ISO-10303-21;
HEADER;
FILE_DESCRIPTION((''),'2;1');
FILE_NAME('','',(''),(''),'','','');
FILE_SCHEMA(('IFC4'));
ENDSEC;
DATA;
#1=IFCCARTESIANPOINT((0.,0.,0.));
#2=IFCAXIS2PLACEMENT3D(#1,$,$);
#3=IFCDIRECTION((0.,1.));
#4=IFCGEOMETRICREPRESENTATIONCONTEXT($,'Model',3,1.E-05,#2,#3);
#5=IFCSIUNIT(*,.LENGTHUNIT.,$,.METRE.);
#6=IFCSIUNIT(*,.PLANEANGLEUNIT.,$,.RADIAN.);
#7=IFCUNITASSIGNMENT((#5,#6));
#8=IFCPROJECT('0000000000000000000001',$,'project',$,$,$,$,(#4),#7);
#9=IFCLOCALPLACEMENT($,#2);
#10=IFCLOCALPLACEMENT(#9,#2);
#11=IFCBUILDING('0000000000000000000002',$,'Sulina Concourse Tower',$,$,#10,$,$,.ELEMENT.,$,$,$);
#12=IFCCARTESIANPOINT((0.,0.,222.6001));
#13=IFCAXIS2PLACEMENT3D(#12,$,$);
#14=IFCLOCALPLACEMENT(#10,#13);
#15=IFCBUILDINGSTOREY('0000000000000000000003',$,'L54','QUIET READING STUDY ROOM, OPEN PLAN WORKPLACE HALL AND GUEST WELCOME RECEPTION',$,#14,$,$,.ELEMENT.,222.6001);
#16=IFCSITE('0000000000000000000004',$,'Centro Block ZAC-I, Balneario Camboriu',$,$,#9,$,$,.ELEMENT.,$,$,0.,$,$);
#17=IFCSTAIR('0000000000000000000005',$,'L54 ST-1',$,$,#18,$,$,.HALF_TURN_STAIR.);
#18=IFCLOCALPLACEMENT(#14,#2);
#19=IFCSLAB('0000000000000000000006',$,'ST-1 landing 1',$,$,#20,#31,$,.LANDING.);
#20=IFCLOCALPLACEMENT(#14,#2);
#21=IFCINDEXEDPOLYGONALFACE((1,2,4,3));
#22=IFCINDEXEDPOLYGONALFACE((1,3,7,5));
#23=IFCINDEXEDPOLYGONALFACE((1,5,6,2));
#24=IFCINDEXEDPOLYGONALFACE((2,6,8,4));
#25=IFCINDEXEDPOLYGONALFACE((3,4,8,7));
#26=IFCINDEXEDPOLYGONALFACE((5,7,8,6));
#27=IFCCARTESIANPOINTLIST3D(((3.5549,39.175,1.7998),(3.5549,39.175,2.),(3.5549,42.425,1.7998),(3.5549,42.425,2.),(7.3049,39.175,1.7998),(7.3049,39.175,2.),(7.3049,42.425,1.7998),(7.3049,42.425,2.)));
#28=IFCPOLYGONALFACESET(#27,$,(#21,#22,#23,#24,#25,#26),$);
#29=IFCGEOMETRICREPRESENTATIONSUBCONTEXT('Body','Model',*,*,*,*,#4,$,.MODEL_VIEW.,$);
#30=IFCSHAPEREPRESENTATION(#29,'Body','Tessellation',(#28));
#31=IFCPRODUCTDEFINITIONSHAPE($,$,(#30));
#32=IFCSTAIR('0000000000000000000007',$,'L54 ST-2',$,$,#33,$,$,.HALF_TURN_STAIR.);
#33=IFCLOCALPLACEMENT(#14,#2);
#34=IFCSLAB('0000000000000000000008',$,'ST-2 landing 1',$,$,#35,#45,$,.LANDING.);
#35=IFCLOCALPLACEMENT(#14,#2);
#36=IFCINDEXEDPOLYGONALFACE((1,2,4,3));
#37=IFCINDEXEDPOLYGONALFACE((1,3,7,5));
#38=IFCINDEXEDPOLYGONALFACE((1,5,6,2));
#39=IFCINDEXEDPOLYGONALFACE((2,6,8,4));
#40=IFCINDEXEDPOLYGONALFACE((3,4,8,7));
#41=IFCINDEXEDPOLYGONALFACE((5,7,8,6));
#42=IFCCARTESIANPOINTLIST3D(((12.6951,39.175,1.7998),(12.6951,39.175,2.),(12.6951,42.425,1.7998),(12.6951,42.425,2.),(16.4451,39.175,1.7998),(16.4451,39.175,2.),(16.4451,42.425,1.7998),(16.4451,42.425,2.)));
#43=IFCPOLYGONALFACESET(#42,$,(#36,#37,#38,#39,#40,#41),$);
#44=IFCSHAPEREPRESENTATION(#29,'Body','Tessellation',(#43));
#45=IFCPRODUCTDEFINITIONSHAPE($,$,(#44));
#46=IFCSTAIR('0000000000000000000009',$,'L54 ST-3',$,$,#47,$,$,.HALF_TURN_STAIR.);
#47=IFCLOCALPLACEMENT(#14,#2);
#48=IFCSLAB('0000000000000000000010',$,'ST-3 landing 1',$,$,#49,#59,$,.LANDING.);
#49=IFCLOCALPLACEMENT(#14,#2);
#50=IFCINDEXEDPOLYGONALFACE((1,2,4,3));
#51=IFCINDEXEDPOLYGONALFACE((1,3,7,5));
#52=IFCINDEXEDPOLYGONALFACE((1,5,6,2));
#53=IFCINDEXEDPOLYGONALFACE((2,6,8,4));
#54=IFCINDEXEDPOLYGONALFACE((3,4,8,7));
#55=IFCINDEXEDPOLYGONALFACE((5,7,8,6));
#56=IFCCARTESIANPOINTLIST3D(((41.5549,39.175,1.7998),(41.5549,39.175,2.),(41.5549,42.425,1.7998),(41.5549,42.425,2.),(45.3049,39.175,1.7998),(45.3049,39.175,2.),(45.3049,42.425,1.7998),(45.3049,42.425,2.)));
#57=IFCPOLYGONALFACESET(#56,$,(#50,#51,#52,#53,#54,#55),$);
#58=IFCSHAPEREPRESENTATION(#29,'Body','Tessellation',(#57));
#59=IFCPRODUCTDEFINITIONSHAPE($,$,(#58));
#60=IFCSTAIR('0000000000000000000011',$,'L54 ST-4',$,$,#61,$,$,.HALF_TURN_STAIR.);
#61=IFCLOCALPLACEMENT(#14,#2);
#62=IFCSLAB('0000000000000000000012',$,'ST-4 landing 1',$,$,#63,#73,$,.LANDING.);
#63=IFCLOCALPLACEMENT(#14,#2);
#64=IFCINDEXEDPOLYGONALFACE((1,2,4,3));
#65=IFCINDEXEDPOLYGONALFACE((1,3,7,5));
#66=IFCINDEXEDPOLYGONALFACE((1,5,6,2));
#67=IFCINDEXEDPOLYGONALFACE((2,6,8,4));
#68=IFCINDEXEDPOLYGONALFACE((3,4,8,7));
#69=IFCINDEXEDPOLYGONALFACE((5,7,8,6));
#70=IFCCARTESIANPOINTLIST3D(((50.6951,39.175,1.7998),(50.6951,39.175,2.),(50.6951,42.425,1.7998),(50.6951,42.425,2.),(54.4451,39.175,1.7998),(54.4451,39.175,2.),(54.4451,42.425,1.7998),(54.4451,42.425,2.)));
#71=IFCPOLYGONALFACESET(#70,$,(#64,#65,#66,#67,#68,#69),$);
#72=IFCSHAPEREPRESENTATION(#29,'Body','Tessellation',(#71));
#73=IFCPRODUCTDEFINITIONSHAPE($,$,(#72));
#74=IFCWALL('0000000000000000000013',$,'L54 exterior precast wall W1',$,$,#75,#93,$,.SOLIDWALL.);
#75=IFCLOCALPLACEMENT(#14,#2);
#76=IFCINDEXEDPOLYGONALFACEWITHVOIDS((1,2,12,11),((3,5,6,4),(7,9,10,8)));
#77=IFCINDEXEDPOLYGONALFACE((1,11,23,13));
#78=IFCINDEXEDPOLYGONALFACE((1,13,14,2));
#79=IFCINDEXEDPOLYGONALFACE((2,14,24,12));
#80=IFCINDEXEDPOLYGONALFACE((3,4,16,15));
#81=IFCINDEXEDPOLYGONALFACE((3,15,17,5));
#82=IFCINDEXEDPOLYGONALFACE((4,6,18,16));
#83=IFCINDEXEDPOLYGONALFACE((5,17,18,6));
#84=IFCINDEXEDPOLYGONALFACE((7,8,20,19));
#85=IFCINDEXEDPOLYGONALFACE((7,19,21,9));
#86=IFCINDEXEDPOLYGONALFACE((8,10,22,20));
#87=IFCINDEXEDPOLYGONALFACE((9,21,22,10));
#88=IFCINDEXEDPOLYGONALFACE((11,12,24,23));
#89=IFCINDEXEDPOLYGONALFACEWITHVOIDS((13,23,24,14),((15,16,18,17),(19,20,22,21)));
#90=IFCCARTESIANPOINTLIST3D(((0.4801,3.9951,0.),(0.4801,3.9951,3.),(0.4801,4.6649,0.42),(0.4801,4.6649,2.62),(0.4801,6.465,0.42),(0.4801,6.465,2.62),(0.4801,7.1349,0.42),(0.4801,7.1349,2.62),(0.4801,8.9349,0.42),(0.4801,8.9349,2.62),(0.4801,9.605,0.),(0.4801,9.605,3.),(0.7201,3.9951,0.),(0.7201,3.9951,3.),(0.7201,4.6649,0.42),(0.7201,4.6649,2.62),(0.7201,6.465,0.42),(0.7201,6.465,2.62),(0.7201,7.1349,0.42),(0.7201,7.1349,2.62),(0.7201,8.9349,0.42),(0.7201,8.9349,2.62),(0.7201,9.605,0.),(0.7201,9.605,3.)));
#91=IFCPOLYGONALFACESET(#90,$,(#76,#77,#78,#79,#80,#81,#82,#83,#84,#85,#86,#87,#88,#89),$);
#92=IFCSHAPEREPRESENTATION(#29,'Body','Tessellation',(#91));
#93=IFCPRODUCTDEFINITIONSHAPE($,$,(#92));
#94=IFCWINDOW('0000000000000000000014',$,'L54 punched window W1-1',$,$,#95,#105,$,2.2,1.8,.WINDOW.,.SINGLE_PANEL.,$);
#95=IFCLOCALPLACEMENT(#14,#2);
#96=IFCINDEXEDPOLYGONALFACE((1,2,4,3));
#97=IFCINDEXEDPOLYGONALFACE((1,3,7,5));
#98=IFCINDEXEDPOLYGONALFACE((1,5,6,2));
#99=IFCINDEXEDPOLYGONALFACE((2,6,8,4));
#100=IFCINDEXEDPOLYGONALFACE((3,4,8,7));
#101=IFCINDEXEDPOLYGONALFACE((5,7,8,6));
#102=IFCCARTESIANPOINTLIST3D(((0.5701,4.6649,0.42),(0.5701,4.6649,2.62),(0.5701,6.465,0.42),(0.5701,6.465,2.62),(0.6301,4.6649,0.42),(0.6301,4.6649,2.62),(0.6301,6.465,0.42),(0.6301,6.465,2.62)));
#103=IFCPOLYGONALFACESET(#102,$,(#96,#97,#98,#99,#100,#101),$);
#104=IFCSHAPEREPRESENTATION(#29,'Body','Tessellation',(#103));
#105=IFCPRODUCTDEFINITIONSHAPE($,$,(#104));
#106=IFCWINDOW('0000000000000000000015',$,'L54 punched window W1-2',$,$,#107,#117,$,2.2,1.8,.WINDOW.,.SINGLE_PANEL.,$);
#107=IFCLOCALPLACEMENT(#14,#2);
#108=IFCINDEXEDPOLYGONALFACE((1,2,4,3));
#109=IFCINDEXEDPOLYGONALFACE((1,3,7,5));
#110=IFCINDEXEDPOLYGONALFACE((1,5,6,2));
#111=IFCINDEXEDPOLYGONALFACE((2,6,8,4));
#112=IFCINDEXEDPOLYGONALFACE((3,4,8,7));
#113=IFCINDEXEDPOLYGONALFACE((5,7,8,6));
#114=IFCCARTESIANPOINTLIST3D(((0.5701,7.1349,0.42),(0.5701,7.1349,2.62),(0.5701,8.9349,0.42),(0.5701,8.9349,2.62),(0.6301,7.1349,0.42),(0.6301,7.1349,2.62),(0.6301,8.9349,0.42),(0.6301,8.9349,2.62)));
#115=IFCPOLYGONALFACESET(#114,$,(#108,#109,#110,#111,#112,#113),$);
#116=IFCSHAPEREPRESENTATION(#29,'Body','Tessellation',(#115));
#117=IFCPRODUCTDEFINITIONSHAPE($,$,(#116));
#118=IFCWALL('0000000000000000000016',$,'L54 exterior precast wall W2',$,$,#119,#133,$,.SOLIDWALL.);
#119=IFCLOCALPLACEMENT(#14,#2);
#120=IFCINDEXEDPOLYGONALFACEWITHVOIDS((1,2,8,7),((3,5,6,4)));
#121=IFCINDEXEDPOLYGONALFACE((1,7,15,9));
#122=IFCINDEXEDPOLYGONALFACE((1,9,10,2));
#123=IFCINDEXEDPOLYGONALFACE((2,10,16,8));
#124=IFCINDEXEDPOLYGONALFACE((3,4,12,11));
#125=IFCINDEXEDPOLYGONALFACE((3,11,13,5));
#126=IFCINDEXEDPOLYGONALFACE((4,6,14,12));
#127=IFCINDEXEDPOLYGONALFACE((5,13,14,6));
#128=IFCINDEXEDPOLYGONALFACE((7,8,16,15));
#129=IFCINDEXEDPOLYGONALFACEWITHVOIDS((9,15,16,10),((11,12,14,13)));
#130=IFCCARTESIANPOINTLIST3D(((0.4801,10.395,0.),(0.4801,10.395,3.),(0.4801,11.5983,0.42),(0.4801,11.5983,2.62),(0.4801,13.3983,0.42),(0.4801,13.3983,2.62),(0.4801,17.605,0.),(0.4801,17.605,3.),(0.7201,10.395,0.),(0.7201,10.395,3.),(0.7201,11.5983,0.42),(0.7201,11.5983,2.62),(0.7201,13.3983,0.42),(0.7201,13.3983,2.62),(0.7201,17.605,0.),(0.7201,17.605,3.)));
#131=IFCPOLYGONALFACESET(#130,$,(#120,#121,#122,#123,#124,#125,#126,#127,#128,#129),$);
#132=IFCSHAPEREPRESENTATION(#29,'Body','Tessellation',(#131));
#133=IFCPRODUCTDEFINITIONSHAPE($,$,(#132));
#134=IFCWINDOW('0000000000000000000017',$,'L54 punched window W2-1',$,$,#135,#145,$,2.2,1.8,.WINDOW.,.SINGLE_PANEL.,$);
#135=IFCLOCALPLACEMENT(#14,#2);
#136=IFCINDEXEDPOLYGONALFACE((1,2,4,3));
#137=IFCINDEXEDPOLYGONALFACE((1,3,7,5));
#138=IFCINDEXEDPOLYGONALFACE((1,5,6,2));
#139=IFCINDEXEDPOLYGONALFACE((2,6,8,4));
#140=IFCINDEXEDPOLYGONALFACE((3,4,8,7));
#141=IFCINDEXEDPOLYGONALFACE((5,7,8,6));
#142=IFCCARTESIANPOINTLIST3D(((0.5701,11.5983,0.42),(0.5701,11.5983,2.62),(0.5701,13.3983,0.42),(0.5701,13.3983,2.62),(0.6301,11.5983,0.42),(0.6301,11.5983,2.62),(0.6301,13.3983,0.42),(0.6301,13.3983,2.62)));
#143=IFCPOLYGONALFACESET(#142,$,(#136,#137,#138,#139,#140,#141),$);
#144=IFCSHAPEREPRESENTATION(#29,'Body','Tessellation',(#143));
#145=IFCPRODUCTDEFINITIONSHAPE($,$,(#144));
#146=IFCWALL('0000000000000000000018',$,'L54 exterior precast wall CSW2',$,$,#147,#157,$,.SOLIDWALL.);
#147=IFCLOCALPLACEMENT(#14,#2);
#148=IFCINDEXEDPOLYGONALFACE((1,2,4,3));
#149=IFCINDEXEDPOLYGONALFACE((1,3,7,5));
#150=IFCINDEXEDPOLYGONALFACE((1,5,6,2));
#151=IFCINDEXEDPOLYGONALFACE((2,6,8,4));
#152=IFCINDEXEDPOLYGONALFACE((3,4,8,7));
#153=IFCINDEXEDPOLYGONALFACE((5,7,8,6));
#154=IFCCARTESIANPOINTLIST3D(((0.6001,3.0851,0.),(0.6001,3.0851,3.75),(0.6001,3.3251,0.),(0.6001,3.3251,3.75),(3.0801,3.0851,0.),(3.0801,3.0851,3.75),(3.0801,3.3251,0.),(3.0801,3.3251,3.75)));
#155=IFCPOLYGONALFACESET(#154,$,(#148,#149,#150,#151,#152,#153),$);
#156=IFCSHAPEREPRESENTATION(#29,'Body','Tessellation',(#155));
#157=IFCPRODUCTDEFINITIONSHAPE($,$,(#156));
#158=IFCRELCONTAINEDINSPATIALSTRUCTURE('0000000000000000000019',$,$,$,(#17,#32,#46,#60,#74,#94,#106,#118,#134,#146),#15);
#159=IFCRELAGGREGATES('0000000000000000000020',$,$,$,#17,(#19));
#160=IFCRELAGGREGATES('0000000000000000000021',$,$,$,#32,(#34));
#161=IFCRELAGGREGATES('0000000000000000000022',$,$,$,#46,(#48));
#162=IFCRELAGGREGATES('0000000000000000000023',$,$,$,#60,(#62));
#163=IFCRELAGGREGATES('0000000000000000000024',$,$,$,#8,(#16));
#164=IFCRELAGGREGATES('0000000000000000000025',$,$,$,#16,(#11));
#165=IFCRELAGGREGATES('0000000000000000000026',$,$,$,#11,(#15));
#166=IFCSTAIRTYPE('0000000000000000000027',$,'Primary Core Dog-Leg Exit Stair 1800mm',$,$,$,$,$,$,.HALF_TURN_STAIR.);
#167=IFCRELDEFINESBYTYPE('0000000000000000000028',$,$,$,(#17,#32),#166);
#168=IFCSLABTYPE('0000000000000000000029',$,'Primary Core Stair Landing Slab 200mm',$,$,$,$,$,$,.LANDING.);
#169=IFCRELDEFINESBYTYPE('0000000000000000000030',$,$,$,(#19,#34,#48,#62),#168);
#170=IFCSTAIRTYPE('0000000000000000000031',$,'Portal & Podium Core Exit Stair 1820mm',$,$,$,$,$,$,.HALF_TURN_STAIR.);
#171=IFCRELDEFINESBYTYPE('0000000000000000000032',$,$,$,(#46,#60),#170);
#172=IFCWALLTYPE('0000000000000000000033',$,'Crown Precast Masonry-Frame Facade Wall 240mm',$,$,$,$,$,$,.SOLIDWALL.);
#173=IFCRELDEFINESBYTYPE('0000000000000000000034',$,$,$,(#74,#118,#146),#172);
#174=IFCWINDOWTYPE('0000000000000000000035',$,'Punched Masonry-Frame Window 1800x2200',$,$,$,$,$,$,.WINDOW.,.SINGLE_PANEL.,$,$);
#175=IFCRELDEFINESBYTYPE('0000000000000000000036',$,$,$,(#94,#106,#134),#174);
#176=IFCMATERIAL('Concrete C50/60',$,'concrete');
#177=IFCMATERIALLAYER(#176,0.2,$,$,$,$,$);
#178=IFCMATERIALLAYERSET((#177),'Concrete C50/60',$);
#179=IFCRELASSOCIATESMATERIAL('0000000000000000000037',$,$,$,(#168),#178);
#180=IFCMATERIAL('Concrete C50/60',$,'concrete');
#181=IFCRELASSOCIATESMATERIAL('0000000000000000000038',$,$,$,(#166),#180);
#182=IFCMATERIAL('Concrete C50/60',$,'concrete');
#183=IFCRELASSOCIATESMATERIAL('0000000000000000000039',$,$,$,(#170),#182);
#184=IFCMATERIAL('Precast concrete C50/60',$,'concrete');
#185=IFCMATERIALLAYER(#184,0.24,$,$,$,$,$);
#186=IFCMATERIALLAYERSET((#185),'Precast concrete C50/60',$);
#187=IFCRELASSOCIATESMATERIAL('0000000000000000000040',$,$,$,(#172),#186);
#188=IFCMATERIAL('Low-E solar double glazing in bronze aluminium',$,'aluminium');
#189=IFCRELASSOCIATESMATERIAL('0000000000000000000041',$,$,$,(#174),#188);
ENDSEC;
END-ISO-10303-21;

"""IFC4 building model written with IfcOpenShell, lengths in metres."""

from ifc_helpers import new_model, si_unit, direction, frame, frame_2d, origin, place, context, subcontext, project, spatial, polyline, rectangle, outline, extrude, material, layer, layer_set, type_object, element, fill, aggregate, save


model = new_model("IFC4")

# Units and contexts
model_context = context("Model", 3, precision=1e-05, world=origin(), true_north=direction((0.0, 1.0)))
body_context = subcontext(model_context, "Body", "Model", "MODEL_VIEW")
ifc_project = project(units=[si_unit("LENGTHUNIT", "METRE"), si_unit("PLANEANGLEUNIT", "RADIAN")], contexts=[model_context])

# Site, building, storey
site_placement = place(None, origin())
site = spatial("IfcSite", under=ifc_project, at=site_placement, Name="Centro Block ZAC-I, Balneario Camboriu", CompositionType="ELEMENT", RefElevation=0.0)
building_placement = place(site_placement, origin())
building = spatial("IfcBuilding", under=site, at=building_placement, Name="Sulina Concourse Tower", CompositionType="ELEMENT")
storey_placement = place(building_placement, frame((0.0, 0.0, 222.6001)))
storey = spatial("IfcBuildingStorey", under=building, at=storey_placement, Name="L54", Description="QUIET READING STUDY ROOM, OPEN PLAN WORKPLACE HALL AND GUEST WELCOME RECEPTION", CompositionType="ELEMENT", Elevation=222.6001)

# Shared definitions
ifc_material_1 = material(Name="Concrete C50/60", Category="concrete")
ifc_layer_1 = layer(ifc_material_1, 0.2)
ifc_layer_set_1 = layer_set([ifc_layer_1], Name="Concrete C50/60")
slab_type_1 = type_object("IfcSlabType", Name="Primary Core Stair Landing Slab 200mm", PredefinedType="LANDING", material=ifc_layer_set_1)

# Stairs, slabs
ifc_material_2 = material(Name="Concrete C50/60", Category="concrete")
stair_type_1 = type_object("IfcStairType", Name="Primary Core Dog-Leg Exit Stair 1800mm", PredefinedType="HALF_TURN_STAIR", material=ifc_material_2)
stair_1_placement = place(storey_placement, origin())
stair_1 = element("IfcStair", 1, at=stair_1_placement, inside=storey, type_object=stair_type_1, Name="L54 ST-1", PredefinedType="HALF_TURN_STAIR")
slab_1_placement = place(storey_placement, frame((0.0, 0.0, 1.7998)))
slab_1 = element("IfcSlab", 2, at=slab_1_placement, type_object=slab_type_1, Name="ST-1 landing 1", PredefinedType="LANDING", context=body_context, shape_type="SweptSolid", body=[
    extrude(outline(polyline([(7.3049, 39.175), (7.3049, 42.425), (3.5549, 42.425), (3.5549, 39.175), (7.3049, 39.175)])), origin(), (0.0, 0.0, 1.0), 0.2002),
])
aggregate(stair_1, [slab_1])
stair_2_placement = place(storey_placement, origin())
stair_2 = element("IfcStair", 3, at=stair_2_placement, inside=storey, type_object=stair_type_1, Name="L54 ST-2", PredefinedType="HALF_TURN_STAIR")
slab_2_placement = place(storey_placement, frame((0.0, 0.0, 1.7998)))
slab_2 = element("IfcSlab", 4, at=slab_2_placement, type_object=slab_type_1, Name="ST-2 landing 1", PredefinedType="LANDING", context=body_context, shape_type="SweptSolid", body=[
    extrude(outline(polyline([(16.4451, 39.175), (16.4451, 42.425), (12.6951, 42.425), (12.6951, 39.175), (16.4451, 39.175)])), origin(), (0.0, 0.0, 1.0), 0.2002),
])
aggregate(stair_2, [slab_2])
ifc_material_3 = material(Name="Concrete C50/60", Category="concrete")
stair_type_2 = type_object("IfcStairType", Name="Portal & Podium Core Exit Stair 1820mm", PredefinedType="HALF_TURN_STAIR", material=ifc_material_3)
stair_3_placement = place(storey_placement, origin())
stair_3 = element("IfcStair", 5, at=stair_3_placement, inside=storey, type_object=stair_type_2, Name="L54 ST-3", PredefinedType="HALF_TURN_STAIR")
slab_3_placement = place(storey_placement, frame((0.0, 0.0, 1.7998)))
slab_3 = element("IfcSlab", 6, at=slab_3_placement, type_object=slab_type_1, Name="ST-3 landing 1", PredefinedType="LANDING", context=body_context, shape_type="SweptSolid", body=[
    extrude(outline(polyline([(45.3049, 39.175), (45.3049, 42.425), (41.5549, 42.425), (41.5549, 39.175), (45.3049, 39.175)])), origin(), (0.0, 0.0, 1.0), 0.2002),
])
aggregate(stair_3, [slab_3])
stair_4_placement = place(storey_placement, origin())
stair_4 = element("IfcStair", 7, at=stair_4_placement, inside=storey, type_object=stair_type_2, Name="L54 ST-4", PredefinedType="HALF_TURN_STAIR")
slab_4_placement = place(storey_placement, frame((0.0, 0.0, 1.7998)))
slab_4 = element("IfcSlab", 8, at=slab_4_placement, type_object=slab_type_1, Name="ST-4 landing 1", PredefinedType="LANDING", context=body_context, shape_type="SweptSolid", body=[
    extrude(outline(polyline([(54.4451, 39.175), (54.4451, 42.425), (50.6951, 42.425), (50.6951, 39.175), (54.4451, 39.175)])), origin(), (0.0, 0.0, 1.0), 0.2002),
])
aggregate(stair_4, [slab_4])

# Wall, openings, windows
ifc_material_4 = material(Name="Precast concrete C50/60", Category="concrete")
ifc_layer_2 = layer(ifc_material_4, 0.24)
ifc_layer_set_2 = layer_set([ifc_layer_2], Name="Precast concrete C50/60")
wall_type = type_object("IfcWallType", Name="Crown Precast Masonry-Frame Facade Wall 240mm", PredefinedType="SOLIDWALL", material=ifc_layer_set_2)
wall_1_placement = place(storey_placement, frame((0.6001, 3.9951, 0.0), z_axis=(0.0, 0.0, 1.0), x_axis=(0.0, 1.0, 0.0)))
wall_1 = element("IfcWall", 9, at=wall_1_placement, inside=storey, type_object=wall_type, Name="L54 exterior precast wall W1", PredefinedType="SOLIDWALL", context=body_context, shape_type="SweptSolid", body=[
    extrude(rectangle(XDim=5.6099, YDim=0.24, at=frame_2d((2.8049, 0.0))), origin(), (0.0, 0.0, 1.0), 3.0),
])
opening_1_placement = place(wall_1_placement, frame((0.6699, 0.0, 0.4199)))
opening_1 = element("IfcOpeningElement", 10, at=opening_1_placement, cuts=wall_1, PredefinedType="OPENING", context=body_context, shape_type="SweptSolid", body=[
    extrude(rectangle(XDim=1.8, YDim=2.2, at=frame_2d((0.8999, 1.1001))), frame((0.0, 0.1299, 0.0), z_axis=(0.0, -1.0, 0.0), x_axis=(1.0, 0.0, 0.0)), (0.0, 0.0, 1.0), 0.26),
])
opening_2_placement = place(wall_1_placement, frame((3.1399, 0.0, 0.4199)))
opening_2 = element("IfcOpeningElement", 11, at=opening_2_placement, cuts=wall_1, PredefinedType="OPENING", context=body_context, shape_type="SweptSolid", body=[
    extrude(rectangle(XDim=1.8, YDim=2.2, at=frame_2d((0.8999, 1.1001))), frame((0.0, 0.1299, 0.0), z_axis=(0.0, -1.0, 0.0), x_axis=(1.0, 0.0, 0.0)), (0.0, 0.0, 1.0), 0.26),
])
ifc_material_5 = material(Name="Low-E solar double glazing in bronze aluminium", Category="aluminium")
window_type = type_object("IfcWindowType", Name="Punched Masonry-Frame Window 1800x2200", PartitioningType="SINGLE_PANEL", PredefinedType="WINDOW", material=ifc_material_5)
window_1_placement = place(opening_1_placement, origin())
window_1 = element("IfcWindow", 12, at=window_1_placement, inside=storey, type_object=window_type, Name="L54 punched window W1-1", OverallHeight=2.2, OverallWidth=1.8, PartitioningType="SINGLE_PANEL", PredefinedType="WINDOW", context=body_context, shape_type="SweptSolid", body=[
    extrude(rectangle(XDim=1.8, YDim=2.2, at=frame_2d((0.8999, 1.1001))), frame((0.0, 0.03, 0.0), z_axis=(0.0, -1.0, 0.0), x_axis=(1.0, 0.0, 0.0)), (0.0, 0.0, 1.0), 0.0601),
])
fill(opening_1, window_1)
window_2_placement = place(opening_2_placement, origin())
window_2 = element("IfcWindow", 13, at=window_2_placement, inside=storey, type_object=window_type, Name="L54 punched window W1-2", OverallHeight=2.2, OverallWidth=1.8, PartitioningType="SINGLE_PANEL", PredefinedType="WINDOW", context=body_context, shape_type="SweptSolid", body=[
    extrude(rectangle(XDim=1.8, YDim=2.2, at=frame_2d((0.8999, 1.1001))), frame((0.0, 0.03, 0.0), z_axis=(0.0, -1.0, 0.0), x_axis=(1.0, 0.0, 0.0)), (0.0, 0.0, 1.0), 0.0601),
])
fill(opening_2, window_2)

# Wall, opening, window
wall_2_placement = place(storey_placement, frame((0.6001, 10.395, 0.0), z_axis=(0.0, 0.0, 1.0), x_axis=(0.0, 1.0, 0.0)))
wall_2 = element("IfcWall", 14, at=wall_2_placement, inside=storey, type_object=wall_type, Name="L54 exterior precast wall W2", PredefinedType="SOLIDWALL", context=body_context, shape_type="SweptSolid", body=[
    extrude(rectangle(XDim=7.21, YDim=0.24, at=frame_2d((3.605, 0.0))), origin(), (0.0, 0.0, 1.0), 3.0),
])
opening_3_placement = place(wall_2_placement, frame((1.2034, 0.0, 0.4199)))
opening_3 = element("IfcOpeningElement", 15, at=opening_3_placement, cuts=wall_2, PredefinedType="OPENING", context=body_context, shape_type="SweptSolid", body=[
    extrude(rectangle(XDim=1.8, YDim=2.2, at=frame_2d((0.8999, 1.1001))), frame((0.0, 0.1299, 0.0), z_axis=(0.0, -1.0, 0.0), x_axis=(1.0, 0.0, 0.0)), (0.0, 0.0, 1.0), 0.26),
])
window_3_placement = place(opening_3_placement, origin())
window_3 = element("IfcWindow", 16, at=window_3_placement, inside=storey, type_object=window_type, Name="L54 punched window W2-1", OverallHeight=2.2, OverallWidth=1.8, PartitioningType="SINGLE_PANEL", PredefinedType="WINDOW", context=body_context, shape_type="SweptSolid", body=[
    extrude(rectangle(XDim=1.8, YDim=2.2, at=frame_2d((0.8999, 1.1001))), frame((0.0, 0.03, 0.0), z_axis=(0.0, -1.0, 0.0), x_axis=(1.0, 0.0, 0.0)), (0.0, 0.0, 1.0), 0.0601),
])
fill(opening_3, window_3)

# Wall
wall_3_placement = place(storey_placement, frame((3.0801, 3.2051, 0.0), z_axis=(0.0, 0.0, 1.0), x_axis=(-1.0, 0.0, 0.0)))
element("IfcWall", 17, at=wall_3_placement, inside=storey, type_object=wall_type, Name="L54 exterior precast wall CSW2", PredefinedType="SOLIDWALL", context=body_context, shape_type="SweptSolid", body=[
    extrude(rectangle(XDim=2.48, YDim=0.24, at=frame_2d((1.24, 0.0))), origin(), (0.0, 0.0, 1.0), 3.75),
])

save(model, "model.ifc")
